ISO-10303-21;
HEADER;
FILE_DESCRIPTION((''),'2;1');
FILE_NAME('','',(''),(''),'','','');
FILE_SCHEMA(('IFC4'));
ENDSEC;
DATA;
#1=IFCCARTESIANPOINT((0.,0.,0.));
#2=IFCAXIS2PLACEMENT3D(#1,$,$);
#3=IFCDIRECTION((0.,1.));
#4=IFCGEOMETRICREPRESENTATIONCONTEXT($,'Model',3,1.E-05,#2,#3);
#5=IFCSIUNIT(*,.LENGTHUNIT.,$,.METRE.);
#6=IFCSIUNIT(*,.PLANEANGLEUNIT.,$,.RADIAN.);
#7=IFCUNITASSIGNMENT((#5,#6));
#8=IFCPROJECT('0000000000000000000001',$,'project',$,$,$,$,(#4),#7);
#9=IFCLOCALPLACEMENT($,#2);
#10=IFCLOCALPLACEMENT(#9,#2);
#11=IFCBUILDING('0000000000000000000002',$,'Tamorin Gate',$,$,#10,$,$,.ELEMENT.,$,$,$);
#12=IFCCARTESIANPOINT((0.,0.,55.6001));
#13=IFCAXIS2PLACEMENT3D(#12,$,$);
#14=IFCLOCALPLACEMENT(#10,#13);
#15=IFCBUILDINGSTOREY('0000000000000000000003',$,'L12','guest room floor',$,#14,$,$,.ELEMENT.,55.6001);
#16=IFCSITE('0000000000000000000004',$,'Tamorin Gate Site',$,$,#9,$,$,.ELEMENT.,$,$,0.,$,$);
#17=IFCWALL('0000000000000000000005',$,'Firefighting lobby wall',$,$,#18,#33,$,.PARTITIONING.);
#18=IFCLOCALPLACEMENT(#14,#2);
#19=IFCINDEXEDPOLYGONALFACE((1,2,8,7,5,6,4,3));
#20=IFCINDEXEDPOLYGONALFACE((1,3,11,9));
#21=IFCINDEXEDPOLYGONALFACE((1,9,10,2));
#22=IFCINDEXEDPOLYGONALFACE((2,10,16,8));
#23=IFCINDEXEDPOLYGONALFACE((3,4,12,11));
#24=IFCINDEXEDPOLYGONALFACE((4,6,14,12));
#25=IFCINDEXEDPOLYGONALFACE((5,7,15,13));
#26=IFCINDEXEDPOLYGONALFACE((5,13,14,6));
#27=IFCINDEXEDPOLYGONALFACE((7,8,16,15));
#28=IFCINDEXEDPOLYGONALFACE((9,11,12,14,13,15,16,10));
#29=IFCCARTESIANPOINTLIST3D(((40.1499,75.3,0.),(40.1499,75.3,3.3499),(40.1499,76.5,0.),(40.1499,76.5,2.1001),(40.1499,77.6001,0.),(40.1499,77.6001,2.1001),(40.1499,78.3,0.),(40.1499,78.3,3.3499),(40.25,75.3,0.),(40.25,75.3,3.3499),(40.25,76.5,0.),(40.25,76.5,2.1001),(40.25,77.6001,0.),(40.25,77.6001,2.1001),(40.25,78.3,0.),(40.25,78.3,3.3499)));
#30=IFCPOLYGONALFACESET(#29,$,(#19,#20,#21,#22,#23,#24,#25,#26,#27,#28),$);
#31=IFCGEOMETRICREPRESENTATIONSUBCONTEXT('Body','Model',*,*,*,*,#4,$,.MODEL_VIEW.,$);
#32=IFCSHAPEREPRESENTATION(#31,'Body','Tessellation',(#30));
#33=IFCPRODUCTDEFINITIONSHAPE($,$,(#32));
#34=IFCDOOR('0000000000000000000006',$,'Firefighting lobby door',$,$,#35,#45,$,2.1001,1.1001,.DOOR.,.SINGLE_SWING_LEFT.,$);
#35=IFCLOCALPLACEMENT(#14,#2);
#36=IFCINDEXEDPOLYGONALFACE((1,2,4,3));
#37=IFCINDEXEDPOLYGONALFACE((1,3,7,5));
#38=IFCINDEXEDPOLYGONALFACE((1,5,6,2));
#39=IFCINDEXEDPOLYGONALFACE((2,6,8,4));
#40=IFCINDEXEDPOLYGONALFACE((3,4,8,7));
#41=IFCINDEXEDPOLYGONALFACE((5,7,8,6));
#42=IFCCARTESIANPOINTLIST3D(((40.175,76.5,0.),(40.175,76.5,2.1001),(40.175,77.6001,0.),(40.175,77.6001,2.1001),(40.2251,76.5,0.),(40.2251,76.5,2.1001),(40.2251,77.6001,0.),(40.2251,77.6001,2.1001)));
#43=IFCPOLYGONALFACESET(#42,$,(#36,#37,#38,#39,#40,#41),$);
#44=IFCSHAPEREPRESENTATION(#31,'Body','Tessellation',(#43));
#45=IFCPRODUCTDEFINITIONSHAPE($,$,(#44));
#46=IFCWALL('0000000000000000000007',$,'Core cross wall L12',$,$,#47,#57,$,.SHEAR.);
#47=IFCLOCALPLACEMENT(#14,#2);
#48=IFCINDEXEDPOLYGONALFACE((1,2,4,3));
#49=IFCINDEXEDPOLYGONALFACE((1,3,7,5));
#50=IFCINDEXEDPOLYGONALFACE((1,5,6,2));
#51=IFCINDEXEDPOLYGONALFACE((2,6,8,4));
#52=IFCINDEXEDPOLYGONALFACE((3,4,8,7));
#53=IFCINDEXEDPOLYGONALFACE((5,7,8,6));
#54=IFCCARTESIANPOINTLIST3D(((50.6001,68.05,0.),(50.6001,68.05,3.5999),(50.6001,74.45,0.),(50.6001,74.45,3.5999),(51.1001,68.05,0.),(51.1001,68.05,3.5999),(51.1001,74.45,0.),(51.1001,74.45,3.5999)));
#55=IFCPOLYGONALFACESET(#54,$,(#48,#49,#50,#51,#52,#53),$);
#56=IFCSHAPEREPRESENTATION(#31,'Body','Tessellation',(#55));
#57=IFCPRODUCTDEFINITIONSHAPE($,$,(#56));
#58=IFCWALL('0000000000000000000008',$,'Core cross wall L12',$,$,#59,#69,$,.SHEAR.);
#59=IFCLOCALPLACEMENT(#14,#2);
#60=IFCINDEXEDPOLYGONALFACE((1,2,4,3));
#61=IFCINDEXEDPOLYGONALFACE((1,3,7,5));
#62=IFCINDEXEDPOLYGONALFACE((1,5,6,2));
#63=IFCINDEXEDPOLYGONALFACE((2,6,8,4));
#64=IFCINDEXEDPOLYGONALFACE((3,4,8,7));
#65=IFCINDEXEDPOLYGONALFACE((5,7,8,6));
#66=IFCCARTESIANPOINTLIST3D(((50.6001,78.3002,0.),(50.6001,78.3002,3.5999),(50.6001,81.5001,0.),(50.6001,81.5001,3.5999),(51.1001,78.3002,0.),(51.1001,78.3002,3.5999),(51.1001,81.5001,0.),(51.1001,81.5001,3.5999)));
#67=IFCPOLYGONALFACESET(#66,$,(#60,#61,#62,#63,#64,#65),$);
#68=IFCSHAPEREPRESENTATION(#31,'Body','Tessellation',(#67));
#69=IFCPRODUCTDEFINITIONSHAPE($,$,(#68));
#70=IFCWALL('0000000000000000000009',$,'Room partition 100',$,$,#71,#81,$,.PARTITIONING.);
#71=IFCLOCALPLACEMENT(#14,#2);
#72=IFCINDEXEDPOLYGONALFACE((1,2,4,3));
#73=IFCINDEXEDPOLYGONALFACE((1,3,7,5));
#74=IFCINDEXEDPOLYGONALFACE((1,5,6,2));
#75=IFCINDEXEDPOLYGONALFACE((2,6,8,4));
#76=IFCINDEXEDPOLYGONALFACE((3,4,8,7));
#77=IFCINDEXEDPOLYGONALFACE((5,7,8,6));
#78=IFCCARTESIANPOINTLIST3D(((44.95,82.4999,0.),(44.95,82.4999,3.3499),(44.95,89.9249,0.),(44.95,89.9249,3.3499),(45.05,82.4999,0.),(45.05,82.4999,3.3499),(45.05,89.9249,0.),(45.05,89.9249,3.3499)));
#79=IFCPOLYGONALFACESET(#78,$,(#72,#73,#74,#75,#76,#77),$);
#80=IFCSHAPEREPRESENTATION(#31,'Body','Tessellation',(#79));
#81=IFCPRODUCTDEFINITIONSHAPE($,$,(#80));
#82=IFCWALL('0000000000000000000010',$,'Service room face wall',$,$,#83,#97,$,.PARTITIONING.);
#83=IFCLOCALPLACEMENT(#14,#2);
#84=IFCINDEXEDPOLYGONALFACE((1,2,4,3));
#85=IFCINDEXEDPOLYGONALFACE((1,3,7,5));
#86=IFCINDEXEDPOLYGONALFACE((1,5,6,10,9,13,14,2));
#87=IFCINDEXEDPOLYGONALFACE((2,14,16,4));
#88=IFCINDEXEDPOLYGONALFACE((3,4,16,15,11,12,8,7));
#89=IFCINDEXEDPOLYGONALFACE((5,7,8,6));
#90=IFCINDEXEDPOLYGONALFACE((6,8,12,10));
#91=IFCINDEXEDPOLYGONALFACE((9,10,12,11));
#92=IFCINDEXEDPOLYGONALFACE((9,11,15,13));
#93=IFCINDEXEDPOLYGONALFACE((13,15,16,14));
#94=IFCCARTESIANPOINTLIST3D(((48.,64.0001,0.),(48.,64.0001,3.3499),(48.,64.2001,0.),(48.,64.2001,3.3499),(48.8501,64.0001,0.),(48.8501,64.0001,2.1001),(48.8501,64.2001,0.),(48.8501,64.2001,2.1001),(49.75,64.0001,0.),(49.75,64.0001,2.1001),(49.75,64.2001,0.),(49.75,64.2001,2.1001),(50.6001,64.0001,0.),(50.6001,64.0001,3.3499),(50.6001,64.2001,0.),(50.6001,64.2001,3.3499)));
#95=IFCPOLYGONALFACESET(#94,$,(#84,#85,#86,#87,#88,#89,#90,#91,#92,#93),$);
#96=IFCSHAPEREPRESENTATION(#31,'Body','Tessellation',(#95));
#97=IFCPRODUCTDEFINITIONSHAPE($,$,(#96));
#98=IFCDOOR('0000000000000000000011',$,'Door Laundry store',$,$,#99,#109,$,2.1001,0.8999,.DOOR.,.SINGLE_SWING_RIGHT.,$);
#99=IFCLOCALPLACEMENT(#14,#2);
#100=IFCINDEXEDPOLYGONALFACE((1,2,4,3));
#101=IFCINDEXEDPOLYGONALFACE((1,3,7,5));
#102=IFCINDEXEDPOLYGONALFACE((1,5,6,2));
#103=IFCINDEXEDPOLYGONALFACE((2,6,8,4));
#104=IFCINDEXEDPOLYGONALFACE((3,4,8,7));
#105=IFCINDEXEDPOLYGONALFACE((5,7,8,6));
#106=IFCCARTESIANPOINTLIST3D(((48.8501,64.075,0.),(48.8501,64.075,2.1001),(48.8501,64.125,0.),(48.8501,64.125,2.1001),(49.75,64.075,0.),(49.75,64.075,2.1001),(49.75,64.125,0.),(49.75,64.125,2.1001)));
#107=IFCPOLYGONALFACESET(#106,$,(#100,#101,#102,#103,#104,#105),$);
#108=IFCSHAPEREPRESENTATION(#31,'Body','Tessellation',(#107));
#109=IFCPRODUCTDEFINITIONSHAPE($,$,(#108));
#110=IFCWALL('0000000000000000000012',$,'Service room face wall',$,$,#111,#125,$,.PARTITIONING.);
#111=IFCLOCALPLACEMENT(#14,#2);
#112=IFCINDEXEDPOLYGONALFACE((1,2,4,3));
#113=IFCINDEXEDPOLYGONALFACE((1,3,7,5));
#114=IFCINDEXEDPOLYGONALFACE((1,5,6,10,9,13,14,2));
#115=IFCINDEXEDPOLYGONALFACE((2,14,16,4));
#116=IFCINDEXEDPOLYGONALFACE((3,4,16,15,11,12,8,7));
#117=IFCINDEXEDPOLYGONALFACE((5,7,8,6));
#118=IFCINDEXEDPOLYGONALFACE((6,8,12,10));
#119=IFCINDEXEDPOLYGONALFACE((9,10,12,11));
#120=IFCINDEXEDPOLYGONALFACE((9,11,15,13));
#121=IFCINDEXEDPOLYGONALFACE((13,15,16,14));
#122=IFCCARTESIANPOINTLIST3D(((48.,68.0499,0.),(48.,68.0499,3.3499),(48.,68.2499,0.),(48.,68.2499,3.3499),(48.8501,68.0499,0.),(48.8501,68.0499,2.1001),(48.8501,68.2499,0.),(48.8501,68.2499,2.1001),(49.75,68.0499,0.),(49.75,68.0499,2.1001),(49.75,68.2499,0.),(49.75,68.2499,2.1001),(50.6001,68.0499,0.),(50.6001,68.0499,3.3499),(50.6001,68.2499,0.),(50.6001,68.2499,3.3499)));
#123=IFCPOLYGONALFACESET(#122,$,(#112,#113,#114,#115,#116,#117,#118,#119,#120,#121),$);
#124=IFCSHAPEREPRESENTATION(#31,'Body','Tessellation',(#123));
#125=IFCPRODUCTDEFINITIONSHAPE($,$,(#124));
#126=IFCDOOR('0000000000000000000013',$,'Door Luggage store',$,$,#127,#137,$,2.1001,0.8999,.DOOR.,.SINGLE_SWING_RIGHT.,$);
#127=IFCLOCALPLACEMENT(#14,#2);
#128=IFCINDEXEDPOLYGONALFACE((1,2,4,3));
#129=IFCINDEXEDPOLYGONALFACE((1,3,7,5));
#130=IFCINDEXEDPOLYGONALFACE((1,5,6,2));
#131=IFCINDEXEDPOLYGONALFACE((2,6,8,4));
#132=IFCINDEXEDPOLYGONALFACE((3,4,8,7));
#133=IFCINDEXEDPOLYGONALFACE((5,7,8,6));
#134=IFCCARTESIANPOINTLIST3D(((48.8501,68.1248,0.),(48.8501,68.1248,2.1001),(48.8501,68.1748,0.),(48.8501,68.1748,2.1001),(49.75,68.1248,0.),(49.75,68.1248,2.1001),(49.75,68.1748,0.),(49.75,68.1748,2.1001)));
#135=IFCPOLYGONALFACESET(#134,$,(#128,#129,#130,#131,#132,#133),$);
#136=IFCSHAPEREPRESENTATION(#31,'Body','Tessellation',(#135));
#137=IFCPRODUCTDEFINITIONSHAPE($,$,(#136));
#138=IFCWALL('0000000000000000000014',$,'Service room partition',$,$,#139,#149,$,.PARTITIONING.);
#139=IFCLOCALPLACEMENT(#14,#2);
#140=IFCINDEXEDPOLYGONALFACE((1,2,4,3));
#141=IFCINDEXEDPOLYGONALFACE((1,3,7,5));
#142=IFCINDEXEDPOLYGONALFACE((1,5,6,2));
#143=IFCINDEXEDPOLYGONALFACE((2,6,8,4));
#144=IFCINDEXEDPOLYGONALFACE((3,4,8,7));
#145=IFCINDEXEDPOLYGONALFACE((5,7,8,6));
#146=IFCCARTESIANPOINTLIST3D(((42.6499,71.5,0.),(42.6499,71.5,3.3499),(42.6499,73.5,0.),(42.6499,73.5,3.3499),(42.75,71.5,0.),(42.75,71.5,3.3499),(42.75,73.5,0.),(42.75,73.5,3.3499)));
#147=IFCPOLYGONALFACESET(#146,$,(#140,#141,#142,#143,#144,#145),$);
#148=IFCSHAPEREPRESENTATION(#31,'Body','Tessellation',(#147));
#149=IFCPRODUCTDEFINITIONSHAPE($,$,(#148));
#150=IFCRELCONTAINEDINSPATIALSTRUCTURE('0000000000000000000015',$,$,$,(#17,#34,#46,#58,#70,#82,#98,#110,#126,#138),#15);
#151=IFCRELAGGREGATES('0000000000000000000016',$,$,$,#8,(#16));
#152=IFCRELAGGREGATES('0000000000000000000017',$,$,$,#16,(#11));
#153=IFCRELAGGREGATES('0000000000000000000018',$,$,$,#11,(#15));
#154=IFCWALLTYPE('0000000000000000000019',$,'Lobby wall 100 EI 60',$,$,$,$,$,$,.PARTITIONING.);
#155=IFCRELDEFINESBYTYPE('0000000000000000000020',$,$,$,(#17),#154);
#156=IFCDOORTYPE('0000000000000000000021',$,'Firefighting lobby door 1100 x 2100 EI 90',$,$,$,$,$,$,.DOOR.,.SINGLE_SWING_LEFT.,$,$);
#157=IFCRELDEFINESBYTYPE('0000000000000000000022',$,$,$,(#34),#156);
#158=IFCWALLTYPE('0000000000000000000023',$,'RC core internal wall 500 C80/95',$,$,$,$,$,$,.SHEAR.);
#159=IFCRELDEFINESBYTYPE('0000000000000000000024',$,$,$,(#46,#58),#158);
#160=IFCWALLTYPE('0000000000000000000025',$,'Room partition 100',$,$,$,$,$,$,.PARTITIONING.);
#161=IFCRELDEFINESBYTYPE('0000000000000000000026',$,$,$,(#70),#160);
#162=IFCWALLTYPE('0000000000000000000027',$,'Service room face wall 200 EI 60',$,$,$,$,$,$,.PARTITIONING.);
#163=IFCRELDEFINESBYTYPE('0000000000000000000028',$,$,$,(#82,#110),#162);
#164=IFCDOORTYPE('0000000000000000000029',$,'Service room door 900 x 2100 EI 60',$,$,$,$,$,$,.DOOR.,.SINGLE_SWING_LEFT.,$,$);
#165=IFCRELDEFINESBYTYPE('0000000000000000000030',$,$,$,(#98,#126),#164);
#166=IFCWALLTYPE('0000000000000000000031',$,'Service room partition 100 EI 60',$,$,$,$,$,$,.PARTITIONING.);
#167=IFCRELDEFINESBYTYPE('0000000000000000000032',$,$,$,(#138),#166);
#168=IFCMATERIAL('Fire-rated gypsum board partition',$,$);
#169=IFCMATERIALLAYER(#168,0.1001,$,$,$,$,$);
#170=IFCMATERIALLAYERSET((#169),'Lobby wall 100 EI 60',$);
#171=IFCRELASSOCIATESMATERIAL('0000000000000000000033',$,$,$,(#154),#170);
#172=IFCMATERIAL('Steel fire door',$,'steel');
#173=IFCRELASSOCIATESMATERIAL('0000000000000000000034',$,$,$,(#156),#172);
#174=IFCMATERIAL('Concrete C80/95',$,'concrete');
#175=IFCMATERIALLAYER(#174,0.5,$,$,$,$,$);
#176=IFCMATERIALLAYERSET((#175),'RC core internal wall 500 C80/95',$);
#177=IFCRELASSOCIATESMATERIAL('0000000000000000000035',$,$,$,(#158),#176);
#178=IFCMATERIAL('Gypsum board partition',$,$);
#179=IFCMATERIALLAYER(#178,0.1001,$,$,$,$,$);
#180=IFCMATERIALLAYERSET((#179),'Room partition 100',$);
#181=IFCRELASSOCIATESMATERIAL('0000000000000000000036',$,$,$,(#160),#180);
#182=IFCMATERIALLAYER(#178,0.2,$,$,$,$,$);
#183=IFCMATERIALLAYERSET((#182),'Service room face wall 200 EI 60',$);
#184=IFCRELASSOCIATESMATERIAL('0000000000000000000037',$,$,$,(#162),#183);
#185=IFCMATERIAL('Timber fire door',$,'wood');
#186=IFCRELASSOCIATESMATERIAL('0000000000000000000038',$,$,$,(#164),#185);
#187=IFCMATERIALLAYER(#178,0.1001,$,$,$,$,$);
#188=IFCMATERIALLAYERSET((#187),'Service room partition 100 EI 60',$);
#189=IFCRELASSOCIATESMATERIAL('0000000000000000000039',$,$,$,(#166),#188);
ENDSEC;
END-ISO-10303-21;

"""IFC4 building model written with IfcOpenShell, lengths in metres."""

from ifc_helpers import new_model, si_unit, direction, frame, frame_2d, origin, place, context, subcontext, project, spatial, rectangle, extrude, material, layer, layer_set, type_object, element, fill, save


model = new_model("IFC4")

# Units and contexts
model_context = context("Model", 3, precision=1e-05, world=origin(), true_north=direction((0.0, 1.0)))
body_context = subcontext(model_context, "Body", "Model", "MODEL_VIEW")
ifc_project = project(units=[si_unit("LENGTHUNIT", "METRE"), si_unit("PLANEANGLEUNIT", "RADIAN")], contexts=[model_context])

# Site, building, storey
site_placement = place(None, origin())
site = spatial("IfcSite", under=ifc_project, at=site_placement, Name="Tamorin Gate Site", CompositionType="ELEMENT", RefElevation=0.0)
building_placement = place(site_placement, origin())
building = spatial("IfcBuilding", under=site, at=building_placement, Name="Tamorin Gate", CompositionType="ELEMENT")
storey_placement = place(building_placement, frame((0.0, 0.0, 55.6001)))
storey = spatial("IfcBuildingStorey", under=building, at=storey_placement, Name="L12", Description="guest room floor", CompositionType="ELEMENT", Elevation=55.6001)

# Shared definitions
ifc_material_1 = material(Name="Concrete C80/95", Category="concrete")

# Shared definitions
ifc_material_2 = material(Name="Fire-rated gypsum board partition")
ifc_layer_1 = layer(ifc_material_2, 0.1001)
ifc_layer_set_1 = layer_set([ifc_layer_1], Name="Lobby wall 100 EI 60")
wall_type_1 = type_object("IfcWallType", Name="Lobby wall 100 EI 60", PredefinedType="PARTITIONING", material=ifc_layer_set_1)

# Wall, opening, door
wall_1_placement = place(storey_placement, frame((40.2, 75.3, 0.0), z_axis=(0.0, 0.0, 1.0), x_axis=(0.0, 1.0, 0.0)))
wall_1 = element("IfcWall", 1, at=wall_1_placement, inside=storey, type_object=wall_type_1, Name="Firefighting lobby wall", PredefinedType="PARTITIONING", context=body_context, shape_type="SweptSolid", body=[
    extrude(rectangle(XDim=3.0, YDim=0.1001, at=frame_2d((1.5, 0.0))), origin(), (0.0, 0.0, 1.0), 3.3499),
])
opening_1_placement = place(wall_1_placement, frame((1.2, 0.0, 0.0)))
opening_1 = element("IfcOpeningElement", 2, at=opening_1_placement, cuts=wall_1, PredefinedType="OPENING", context=body_context, shape_type="SweptSolid", body=[
    extrude(rectangle(XDim=1.1001, YDim=2.1001, at=frame_2d((0.55, 1.05))), frame((0.0, 0.0601, 0.0), z_axis=(0.0, -1.0, 0.0), x_axis=(1.0, 0.0, 0.0)), (0.0, 0.0, 1.0), 0.1201),
])
ifc_material_3 = material(Name="Steel fire door", Category="steel")
door_type_1 = type_object("IfcDoorType", Name="Firefighting lobby door 1100 x 2100 EI 90", OperationType="SINGLE_SWING_LEFT", PredefinedType="DOOR", material=ifc_material_3)
door_1_placement = place(opening_1_placement, origin())
door_1 = element("IfcDoor", 3, at=door_1_placement, inside=storey, type_object=door_type_1, Name="Firefighting lobby door", OperationType="SINGLE_SWING_LEFT", OverallHeight=2.1001, OverallWidth=1.1001, PredefinedType="DOOR", context=body_context, shape_type="SweptSolid", body=[
    extrude(rectangle(XDim=1.1001, YDim=2.1001, at=frame_2d((0.55, 1.05))), frame((0.0, 0.0249, 0.0), z_axis=(0.0, -1.0, 0.0), x_axis=(1.0, 0.0, 0.0)), (0.0, 0.0, 1.0), 0.05),
])
fill(opening_1, door_1)

# Walls
ifc_layer_2 = layer(ifc_material_1, 0.5)
ifc_layer_set_2 = layer_set([ifc_layer_2], Name="RC core internal wall 500 C80/95")
wall_type_2 = type_object("IfcWallType", Name="RC core internal wall 500 C80/95", PredefinedType="SHEAR", material=ifc_layer_set_2)
wall_2_placement = place(storey_placement, frame((50.8501, 68.05, 0.0), z_axis=(0.0, 0.0, 1.0), x_axis=(0.0, 1.0, 0.0)))
element("IfcWall", 4, at=wall_2_placement, inside=storey, type_object=wall_type_2, Name="Core cross wall L12", PredefinedType="SHEAR", context=body_context, shape_type="SweptSolid", body=[
    extrude(rectangle(XDim=6.3999, YDim=0.5, at=frame_2d((3.2, 0.0))), origin(), (0.0, 0.0, 1.0), 3.5999),
])
wall_3_placement = place(storey_placement, frame((50.8501, 78.3, 0.0), z_axis=(0.0, 0.0, 1.0), x_axis=(0.0, 1.0, 0.0)))
element("IfcWall", 5, at=wall_3_placement, inside=storey, type_object=wall_type_2, Name="Core cross wall L12", PredefinedType="SHEAR", context=body_context, shape_type="SweptSolid", body=[
    extrude(rectangle(XDim=3.2, YDim=0.5, at=frame_2d((1.6001, 0.0))), origin(), (0.0, 0.0, 1.0), 3.5999),
])
ifc_material_4 = material(Name="Gypsum board partition")
ifc_layer_3 = layer(ifc_material_4, 0.1001)
ifc_layer_set_3 = layer_set([ifc_layer_3], Name="Room partition 100")
wall_type_3 = type_object("IfcWallType", Name="Room partition 100", PredefinedType="PARTITIONING", material=ifc_layer_set_3)
wall_4_placement = place(storey_placement, frame((45.0, 82.5, 0.0), z_axis=(0.0, 0.0, 1.0), x_axis=(0.0, 1.0, 0.0)))
element("IfcWall", 6, at=wall_4_placement, inside=storey, type_object=wall_type_3, Name="Room partition 100", PredefinedType="PARTITIONING", context=body_context, shape_type="SweptSolid", body=[
    extrude(rectangle(XDim=7.425, YDim=0.1001, at=frame_2d((3.7124, 0.0))), origin(), (0.0, 0.0, 1.0), 3.3499),
])

# Walls, openings, doors
ifc_layer_4 = layer(ifc_material_4, 0.2)
ifc_layer_set_4 = layer_set([ifc_layer_4], Name="Service room face wall 200 EI 60")
wall_type_4 = type_object("IfcWallType", Name="Service room face wall 200 EI 60", PredefinedType="PARTITIONING", material=ifc_layer_set_4)
wall_5_placement = place(storey_placement, frame((48.0, 64.1001, 0.0), z_axis=(0.0, 0.0, 1.0), x_axis=(1.0, 0.0, 0.0)))
wall_5 = element("IfcWall", 7, at=wall_5_placement, inside=storey, type_object=wall_type_4, Name="Service room face wall", PredefinedType="PARTITIONING", context=body_context, shape_type="SweptSolid", body=[
    extrude(rectangle(XDim=2.6001, YDim=0.2, at=frame_2d((1.3, 0.0))), origin(), (0.0, 0.0, 1.0), 3.3499),
])
opening_2_placement = place(wall_5_placement, frame((0.8501, 0.0, 0.0)))
opening_2 = element("IfcOpeningElement", 8, at=opening_2_placement, cuts=wall_5, PredefinedType="OPENING", context=body_context, shape_type="SweptSolid", body=[
    extrude(rectangle(XDim=0.8999, YDim=2.1001, at=frame_2d((0.45, 1.05))), frame((0.0, 0.1099, 0.0), z_axis=(0.0, -1.0, 0.0), x_axis=(1.0, 0.0, 0.0)), (0.0, 0.0, 1.0), 0.22),
])
ifc_material_5 = material(Name="Timber fire door", Category="wood")
door_type_2 = type_object("IfcDoorType", Name="Service room door 900 x 2100 EI 60", OperationType="SINGLE_SWING_LEFT", PredefinedType="DOOR", material=ifc_material_5)
door_2_placement = place(opening_2_placement, origin())
door_2 = element("IfcDoor", 9, at=door_2_placement, inside=storey, type_object=door_type_2, Name="Door Laundry store", OperationType="SINGLE_SWING_RIGHT", OverallHeight=2.1001, OverallWidth=0.8999, PredefinedType="DOOR", context=body_context, shape_type="SweptSolid", body=[
    extrude(rectangle(XDim=0.8999, YDim=2.1001, at=frame_2d((0.45, 1.05))), frame((0.0, 0.0249, 0.0), z_axis=(0.0, -1.0, 0.0), x_axis=(1.0, 0.0, 0.0)), (0.0, 0.0, 1.0), 0.05),
])
fill(opening_2, door_2)
wall_6_placement = place(storey_placement, frame((48.0, 68.1499, 0.0), z_axis=(0.0, 0.0, 1.0), x_axis=(1.0, 0.0, 0.0)))
wall_6 = element("IfcWall", 10, at=wall_6_placement, inside=storey, type_object=wall_type_4, Name="Service room face wall", PredefinedType="PARTITIONING", context=body_context, shape_type="SweptSolid", body=[
    extrude(rectangle(XDim=2.6001, YDim=0.2, at=frame_2d((1.3, 0.0))), origin(), (0.0, 0.0, 1.0), 3.3499),
])
opening_3_placement = place(wall_6_placement, frame((0.8501, 0.0, 0.0)))
opening_3 = element("IfcOpeningElement", 11, at=opening_3_placement, cuts=wall_6, PredefinedType="OPENING", context=body_context, shape_type="SweptSolid", body=[
    extrude(rectangle(XDim=0.8999, YDim=2.1001, at=frame_2d((0.45, 1.05))), frame((0.0, 0.1099, 0.0), z_axis=(0.0, -1.0, 0.0), x_axis=(1.0, 0.0, 0.0)), (0.0, 0.0, 1.0), 0.22),
])
door_3_placement = place(opening_3_placement, origin())
door_3 = element("IfcDoor", 12, at=door_3_placement, inside=storey, type_object=door_type_2, Name="Door Luggage store", OperationType="SINGLE_SWING_RIGHT", OverallHeight=2.1001, OverallWidth=0.8999, PredefinedType="DOOR", context=body_context, shape_type="SweptSolid", body=[
    extrude(rectangle(XDim=0.8999, YDim=2.1001, at=frame_2d((0.45, 1.05))), frame((0.0, 0.0249, 0.0), z_axis=(0.0, -1.0, 0.0), x_axis=(1.0, 0.0, 0.0)), (0.0, 0.0, 1.0), 0.05),
])
fill(opening_3, door_3)

# Wall
ifc_layer_5 = layer(ifc_material_4, 0.1001)
ifc_layer_set_5 = layer_set([ifc_layer_5], Name="Service room partition 100 EI 60")
wall_type_5 = type_object("IfcWallType", Name="Service room partition 100 EI 60", PredefinedType="PARTITIONING", material=ifc_layer_set_5)
wall_7_placement = place(storey_placement, frame((42.7, 71.5, 0.0), z_axis=(0.0, 0.0, 1.0), x_axis=(0.0, 1.0, 0.0)))
element("IfcWall", 13, at=wall_7_placement, inside=storey, type_object=wall_type_5, Name="Service room partition", PredefinedType="PARTITIONING", context=body_context, shape_type="SweptSolid", body=[
    extrude(rectangle(XDim=2.0, YDim=0.1001, at=frame_2d((1.0, 0.0))), origin(), (0.0, 0.0, 1.0), 3.3499),
])

save(model, "model.ifc")
